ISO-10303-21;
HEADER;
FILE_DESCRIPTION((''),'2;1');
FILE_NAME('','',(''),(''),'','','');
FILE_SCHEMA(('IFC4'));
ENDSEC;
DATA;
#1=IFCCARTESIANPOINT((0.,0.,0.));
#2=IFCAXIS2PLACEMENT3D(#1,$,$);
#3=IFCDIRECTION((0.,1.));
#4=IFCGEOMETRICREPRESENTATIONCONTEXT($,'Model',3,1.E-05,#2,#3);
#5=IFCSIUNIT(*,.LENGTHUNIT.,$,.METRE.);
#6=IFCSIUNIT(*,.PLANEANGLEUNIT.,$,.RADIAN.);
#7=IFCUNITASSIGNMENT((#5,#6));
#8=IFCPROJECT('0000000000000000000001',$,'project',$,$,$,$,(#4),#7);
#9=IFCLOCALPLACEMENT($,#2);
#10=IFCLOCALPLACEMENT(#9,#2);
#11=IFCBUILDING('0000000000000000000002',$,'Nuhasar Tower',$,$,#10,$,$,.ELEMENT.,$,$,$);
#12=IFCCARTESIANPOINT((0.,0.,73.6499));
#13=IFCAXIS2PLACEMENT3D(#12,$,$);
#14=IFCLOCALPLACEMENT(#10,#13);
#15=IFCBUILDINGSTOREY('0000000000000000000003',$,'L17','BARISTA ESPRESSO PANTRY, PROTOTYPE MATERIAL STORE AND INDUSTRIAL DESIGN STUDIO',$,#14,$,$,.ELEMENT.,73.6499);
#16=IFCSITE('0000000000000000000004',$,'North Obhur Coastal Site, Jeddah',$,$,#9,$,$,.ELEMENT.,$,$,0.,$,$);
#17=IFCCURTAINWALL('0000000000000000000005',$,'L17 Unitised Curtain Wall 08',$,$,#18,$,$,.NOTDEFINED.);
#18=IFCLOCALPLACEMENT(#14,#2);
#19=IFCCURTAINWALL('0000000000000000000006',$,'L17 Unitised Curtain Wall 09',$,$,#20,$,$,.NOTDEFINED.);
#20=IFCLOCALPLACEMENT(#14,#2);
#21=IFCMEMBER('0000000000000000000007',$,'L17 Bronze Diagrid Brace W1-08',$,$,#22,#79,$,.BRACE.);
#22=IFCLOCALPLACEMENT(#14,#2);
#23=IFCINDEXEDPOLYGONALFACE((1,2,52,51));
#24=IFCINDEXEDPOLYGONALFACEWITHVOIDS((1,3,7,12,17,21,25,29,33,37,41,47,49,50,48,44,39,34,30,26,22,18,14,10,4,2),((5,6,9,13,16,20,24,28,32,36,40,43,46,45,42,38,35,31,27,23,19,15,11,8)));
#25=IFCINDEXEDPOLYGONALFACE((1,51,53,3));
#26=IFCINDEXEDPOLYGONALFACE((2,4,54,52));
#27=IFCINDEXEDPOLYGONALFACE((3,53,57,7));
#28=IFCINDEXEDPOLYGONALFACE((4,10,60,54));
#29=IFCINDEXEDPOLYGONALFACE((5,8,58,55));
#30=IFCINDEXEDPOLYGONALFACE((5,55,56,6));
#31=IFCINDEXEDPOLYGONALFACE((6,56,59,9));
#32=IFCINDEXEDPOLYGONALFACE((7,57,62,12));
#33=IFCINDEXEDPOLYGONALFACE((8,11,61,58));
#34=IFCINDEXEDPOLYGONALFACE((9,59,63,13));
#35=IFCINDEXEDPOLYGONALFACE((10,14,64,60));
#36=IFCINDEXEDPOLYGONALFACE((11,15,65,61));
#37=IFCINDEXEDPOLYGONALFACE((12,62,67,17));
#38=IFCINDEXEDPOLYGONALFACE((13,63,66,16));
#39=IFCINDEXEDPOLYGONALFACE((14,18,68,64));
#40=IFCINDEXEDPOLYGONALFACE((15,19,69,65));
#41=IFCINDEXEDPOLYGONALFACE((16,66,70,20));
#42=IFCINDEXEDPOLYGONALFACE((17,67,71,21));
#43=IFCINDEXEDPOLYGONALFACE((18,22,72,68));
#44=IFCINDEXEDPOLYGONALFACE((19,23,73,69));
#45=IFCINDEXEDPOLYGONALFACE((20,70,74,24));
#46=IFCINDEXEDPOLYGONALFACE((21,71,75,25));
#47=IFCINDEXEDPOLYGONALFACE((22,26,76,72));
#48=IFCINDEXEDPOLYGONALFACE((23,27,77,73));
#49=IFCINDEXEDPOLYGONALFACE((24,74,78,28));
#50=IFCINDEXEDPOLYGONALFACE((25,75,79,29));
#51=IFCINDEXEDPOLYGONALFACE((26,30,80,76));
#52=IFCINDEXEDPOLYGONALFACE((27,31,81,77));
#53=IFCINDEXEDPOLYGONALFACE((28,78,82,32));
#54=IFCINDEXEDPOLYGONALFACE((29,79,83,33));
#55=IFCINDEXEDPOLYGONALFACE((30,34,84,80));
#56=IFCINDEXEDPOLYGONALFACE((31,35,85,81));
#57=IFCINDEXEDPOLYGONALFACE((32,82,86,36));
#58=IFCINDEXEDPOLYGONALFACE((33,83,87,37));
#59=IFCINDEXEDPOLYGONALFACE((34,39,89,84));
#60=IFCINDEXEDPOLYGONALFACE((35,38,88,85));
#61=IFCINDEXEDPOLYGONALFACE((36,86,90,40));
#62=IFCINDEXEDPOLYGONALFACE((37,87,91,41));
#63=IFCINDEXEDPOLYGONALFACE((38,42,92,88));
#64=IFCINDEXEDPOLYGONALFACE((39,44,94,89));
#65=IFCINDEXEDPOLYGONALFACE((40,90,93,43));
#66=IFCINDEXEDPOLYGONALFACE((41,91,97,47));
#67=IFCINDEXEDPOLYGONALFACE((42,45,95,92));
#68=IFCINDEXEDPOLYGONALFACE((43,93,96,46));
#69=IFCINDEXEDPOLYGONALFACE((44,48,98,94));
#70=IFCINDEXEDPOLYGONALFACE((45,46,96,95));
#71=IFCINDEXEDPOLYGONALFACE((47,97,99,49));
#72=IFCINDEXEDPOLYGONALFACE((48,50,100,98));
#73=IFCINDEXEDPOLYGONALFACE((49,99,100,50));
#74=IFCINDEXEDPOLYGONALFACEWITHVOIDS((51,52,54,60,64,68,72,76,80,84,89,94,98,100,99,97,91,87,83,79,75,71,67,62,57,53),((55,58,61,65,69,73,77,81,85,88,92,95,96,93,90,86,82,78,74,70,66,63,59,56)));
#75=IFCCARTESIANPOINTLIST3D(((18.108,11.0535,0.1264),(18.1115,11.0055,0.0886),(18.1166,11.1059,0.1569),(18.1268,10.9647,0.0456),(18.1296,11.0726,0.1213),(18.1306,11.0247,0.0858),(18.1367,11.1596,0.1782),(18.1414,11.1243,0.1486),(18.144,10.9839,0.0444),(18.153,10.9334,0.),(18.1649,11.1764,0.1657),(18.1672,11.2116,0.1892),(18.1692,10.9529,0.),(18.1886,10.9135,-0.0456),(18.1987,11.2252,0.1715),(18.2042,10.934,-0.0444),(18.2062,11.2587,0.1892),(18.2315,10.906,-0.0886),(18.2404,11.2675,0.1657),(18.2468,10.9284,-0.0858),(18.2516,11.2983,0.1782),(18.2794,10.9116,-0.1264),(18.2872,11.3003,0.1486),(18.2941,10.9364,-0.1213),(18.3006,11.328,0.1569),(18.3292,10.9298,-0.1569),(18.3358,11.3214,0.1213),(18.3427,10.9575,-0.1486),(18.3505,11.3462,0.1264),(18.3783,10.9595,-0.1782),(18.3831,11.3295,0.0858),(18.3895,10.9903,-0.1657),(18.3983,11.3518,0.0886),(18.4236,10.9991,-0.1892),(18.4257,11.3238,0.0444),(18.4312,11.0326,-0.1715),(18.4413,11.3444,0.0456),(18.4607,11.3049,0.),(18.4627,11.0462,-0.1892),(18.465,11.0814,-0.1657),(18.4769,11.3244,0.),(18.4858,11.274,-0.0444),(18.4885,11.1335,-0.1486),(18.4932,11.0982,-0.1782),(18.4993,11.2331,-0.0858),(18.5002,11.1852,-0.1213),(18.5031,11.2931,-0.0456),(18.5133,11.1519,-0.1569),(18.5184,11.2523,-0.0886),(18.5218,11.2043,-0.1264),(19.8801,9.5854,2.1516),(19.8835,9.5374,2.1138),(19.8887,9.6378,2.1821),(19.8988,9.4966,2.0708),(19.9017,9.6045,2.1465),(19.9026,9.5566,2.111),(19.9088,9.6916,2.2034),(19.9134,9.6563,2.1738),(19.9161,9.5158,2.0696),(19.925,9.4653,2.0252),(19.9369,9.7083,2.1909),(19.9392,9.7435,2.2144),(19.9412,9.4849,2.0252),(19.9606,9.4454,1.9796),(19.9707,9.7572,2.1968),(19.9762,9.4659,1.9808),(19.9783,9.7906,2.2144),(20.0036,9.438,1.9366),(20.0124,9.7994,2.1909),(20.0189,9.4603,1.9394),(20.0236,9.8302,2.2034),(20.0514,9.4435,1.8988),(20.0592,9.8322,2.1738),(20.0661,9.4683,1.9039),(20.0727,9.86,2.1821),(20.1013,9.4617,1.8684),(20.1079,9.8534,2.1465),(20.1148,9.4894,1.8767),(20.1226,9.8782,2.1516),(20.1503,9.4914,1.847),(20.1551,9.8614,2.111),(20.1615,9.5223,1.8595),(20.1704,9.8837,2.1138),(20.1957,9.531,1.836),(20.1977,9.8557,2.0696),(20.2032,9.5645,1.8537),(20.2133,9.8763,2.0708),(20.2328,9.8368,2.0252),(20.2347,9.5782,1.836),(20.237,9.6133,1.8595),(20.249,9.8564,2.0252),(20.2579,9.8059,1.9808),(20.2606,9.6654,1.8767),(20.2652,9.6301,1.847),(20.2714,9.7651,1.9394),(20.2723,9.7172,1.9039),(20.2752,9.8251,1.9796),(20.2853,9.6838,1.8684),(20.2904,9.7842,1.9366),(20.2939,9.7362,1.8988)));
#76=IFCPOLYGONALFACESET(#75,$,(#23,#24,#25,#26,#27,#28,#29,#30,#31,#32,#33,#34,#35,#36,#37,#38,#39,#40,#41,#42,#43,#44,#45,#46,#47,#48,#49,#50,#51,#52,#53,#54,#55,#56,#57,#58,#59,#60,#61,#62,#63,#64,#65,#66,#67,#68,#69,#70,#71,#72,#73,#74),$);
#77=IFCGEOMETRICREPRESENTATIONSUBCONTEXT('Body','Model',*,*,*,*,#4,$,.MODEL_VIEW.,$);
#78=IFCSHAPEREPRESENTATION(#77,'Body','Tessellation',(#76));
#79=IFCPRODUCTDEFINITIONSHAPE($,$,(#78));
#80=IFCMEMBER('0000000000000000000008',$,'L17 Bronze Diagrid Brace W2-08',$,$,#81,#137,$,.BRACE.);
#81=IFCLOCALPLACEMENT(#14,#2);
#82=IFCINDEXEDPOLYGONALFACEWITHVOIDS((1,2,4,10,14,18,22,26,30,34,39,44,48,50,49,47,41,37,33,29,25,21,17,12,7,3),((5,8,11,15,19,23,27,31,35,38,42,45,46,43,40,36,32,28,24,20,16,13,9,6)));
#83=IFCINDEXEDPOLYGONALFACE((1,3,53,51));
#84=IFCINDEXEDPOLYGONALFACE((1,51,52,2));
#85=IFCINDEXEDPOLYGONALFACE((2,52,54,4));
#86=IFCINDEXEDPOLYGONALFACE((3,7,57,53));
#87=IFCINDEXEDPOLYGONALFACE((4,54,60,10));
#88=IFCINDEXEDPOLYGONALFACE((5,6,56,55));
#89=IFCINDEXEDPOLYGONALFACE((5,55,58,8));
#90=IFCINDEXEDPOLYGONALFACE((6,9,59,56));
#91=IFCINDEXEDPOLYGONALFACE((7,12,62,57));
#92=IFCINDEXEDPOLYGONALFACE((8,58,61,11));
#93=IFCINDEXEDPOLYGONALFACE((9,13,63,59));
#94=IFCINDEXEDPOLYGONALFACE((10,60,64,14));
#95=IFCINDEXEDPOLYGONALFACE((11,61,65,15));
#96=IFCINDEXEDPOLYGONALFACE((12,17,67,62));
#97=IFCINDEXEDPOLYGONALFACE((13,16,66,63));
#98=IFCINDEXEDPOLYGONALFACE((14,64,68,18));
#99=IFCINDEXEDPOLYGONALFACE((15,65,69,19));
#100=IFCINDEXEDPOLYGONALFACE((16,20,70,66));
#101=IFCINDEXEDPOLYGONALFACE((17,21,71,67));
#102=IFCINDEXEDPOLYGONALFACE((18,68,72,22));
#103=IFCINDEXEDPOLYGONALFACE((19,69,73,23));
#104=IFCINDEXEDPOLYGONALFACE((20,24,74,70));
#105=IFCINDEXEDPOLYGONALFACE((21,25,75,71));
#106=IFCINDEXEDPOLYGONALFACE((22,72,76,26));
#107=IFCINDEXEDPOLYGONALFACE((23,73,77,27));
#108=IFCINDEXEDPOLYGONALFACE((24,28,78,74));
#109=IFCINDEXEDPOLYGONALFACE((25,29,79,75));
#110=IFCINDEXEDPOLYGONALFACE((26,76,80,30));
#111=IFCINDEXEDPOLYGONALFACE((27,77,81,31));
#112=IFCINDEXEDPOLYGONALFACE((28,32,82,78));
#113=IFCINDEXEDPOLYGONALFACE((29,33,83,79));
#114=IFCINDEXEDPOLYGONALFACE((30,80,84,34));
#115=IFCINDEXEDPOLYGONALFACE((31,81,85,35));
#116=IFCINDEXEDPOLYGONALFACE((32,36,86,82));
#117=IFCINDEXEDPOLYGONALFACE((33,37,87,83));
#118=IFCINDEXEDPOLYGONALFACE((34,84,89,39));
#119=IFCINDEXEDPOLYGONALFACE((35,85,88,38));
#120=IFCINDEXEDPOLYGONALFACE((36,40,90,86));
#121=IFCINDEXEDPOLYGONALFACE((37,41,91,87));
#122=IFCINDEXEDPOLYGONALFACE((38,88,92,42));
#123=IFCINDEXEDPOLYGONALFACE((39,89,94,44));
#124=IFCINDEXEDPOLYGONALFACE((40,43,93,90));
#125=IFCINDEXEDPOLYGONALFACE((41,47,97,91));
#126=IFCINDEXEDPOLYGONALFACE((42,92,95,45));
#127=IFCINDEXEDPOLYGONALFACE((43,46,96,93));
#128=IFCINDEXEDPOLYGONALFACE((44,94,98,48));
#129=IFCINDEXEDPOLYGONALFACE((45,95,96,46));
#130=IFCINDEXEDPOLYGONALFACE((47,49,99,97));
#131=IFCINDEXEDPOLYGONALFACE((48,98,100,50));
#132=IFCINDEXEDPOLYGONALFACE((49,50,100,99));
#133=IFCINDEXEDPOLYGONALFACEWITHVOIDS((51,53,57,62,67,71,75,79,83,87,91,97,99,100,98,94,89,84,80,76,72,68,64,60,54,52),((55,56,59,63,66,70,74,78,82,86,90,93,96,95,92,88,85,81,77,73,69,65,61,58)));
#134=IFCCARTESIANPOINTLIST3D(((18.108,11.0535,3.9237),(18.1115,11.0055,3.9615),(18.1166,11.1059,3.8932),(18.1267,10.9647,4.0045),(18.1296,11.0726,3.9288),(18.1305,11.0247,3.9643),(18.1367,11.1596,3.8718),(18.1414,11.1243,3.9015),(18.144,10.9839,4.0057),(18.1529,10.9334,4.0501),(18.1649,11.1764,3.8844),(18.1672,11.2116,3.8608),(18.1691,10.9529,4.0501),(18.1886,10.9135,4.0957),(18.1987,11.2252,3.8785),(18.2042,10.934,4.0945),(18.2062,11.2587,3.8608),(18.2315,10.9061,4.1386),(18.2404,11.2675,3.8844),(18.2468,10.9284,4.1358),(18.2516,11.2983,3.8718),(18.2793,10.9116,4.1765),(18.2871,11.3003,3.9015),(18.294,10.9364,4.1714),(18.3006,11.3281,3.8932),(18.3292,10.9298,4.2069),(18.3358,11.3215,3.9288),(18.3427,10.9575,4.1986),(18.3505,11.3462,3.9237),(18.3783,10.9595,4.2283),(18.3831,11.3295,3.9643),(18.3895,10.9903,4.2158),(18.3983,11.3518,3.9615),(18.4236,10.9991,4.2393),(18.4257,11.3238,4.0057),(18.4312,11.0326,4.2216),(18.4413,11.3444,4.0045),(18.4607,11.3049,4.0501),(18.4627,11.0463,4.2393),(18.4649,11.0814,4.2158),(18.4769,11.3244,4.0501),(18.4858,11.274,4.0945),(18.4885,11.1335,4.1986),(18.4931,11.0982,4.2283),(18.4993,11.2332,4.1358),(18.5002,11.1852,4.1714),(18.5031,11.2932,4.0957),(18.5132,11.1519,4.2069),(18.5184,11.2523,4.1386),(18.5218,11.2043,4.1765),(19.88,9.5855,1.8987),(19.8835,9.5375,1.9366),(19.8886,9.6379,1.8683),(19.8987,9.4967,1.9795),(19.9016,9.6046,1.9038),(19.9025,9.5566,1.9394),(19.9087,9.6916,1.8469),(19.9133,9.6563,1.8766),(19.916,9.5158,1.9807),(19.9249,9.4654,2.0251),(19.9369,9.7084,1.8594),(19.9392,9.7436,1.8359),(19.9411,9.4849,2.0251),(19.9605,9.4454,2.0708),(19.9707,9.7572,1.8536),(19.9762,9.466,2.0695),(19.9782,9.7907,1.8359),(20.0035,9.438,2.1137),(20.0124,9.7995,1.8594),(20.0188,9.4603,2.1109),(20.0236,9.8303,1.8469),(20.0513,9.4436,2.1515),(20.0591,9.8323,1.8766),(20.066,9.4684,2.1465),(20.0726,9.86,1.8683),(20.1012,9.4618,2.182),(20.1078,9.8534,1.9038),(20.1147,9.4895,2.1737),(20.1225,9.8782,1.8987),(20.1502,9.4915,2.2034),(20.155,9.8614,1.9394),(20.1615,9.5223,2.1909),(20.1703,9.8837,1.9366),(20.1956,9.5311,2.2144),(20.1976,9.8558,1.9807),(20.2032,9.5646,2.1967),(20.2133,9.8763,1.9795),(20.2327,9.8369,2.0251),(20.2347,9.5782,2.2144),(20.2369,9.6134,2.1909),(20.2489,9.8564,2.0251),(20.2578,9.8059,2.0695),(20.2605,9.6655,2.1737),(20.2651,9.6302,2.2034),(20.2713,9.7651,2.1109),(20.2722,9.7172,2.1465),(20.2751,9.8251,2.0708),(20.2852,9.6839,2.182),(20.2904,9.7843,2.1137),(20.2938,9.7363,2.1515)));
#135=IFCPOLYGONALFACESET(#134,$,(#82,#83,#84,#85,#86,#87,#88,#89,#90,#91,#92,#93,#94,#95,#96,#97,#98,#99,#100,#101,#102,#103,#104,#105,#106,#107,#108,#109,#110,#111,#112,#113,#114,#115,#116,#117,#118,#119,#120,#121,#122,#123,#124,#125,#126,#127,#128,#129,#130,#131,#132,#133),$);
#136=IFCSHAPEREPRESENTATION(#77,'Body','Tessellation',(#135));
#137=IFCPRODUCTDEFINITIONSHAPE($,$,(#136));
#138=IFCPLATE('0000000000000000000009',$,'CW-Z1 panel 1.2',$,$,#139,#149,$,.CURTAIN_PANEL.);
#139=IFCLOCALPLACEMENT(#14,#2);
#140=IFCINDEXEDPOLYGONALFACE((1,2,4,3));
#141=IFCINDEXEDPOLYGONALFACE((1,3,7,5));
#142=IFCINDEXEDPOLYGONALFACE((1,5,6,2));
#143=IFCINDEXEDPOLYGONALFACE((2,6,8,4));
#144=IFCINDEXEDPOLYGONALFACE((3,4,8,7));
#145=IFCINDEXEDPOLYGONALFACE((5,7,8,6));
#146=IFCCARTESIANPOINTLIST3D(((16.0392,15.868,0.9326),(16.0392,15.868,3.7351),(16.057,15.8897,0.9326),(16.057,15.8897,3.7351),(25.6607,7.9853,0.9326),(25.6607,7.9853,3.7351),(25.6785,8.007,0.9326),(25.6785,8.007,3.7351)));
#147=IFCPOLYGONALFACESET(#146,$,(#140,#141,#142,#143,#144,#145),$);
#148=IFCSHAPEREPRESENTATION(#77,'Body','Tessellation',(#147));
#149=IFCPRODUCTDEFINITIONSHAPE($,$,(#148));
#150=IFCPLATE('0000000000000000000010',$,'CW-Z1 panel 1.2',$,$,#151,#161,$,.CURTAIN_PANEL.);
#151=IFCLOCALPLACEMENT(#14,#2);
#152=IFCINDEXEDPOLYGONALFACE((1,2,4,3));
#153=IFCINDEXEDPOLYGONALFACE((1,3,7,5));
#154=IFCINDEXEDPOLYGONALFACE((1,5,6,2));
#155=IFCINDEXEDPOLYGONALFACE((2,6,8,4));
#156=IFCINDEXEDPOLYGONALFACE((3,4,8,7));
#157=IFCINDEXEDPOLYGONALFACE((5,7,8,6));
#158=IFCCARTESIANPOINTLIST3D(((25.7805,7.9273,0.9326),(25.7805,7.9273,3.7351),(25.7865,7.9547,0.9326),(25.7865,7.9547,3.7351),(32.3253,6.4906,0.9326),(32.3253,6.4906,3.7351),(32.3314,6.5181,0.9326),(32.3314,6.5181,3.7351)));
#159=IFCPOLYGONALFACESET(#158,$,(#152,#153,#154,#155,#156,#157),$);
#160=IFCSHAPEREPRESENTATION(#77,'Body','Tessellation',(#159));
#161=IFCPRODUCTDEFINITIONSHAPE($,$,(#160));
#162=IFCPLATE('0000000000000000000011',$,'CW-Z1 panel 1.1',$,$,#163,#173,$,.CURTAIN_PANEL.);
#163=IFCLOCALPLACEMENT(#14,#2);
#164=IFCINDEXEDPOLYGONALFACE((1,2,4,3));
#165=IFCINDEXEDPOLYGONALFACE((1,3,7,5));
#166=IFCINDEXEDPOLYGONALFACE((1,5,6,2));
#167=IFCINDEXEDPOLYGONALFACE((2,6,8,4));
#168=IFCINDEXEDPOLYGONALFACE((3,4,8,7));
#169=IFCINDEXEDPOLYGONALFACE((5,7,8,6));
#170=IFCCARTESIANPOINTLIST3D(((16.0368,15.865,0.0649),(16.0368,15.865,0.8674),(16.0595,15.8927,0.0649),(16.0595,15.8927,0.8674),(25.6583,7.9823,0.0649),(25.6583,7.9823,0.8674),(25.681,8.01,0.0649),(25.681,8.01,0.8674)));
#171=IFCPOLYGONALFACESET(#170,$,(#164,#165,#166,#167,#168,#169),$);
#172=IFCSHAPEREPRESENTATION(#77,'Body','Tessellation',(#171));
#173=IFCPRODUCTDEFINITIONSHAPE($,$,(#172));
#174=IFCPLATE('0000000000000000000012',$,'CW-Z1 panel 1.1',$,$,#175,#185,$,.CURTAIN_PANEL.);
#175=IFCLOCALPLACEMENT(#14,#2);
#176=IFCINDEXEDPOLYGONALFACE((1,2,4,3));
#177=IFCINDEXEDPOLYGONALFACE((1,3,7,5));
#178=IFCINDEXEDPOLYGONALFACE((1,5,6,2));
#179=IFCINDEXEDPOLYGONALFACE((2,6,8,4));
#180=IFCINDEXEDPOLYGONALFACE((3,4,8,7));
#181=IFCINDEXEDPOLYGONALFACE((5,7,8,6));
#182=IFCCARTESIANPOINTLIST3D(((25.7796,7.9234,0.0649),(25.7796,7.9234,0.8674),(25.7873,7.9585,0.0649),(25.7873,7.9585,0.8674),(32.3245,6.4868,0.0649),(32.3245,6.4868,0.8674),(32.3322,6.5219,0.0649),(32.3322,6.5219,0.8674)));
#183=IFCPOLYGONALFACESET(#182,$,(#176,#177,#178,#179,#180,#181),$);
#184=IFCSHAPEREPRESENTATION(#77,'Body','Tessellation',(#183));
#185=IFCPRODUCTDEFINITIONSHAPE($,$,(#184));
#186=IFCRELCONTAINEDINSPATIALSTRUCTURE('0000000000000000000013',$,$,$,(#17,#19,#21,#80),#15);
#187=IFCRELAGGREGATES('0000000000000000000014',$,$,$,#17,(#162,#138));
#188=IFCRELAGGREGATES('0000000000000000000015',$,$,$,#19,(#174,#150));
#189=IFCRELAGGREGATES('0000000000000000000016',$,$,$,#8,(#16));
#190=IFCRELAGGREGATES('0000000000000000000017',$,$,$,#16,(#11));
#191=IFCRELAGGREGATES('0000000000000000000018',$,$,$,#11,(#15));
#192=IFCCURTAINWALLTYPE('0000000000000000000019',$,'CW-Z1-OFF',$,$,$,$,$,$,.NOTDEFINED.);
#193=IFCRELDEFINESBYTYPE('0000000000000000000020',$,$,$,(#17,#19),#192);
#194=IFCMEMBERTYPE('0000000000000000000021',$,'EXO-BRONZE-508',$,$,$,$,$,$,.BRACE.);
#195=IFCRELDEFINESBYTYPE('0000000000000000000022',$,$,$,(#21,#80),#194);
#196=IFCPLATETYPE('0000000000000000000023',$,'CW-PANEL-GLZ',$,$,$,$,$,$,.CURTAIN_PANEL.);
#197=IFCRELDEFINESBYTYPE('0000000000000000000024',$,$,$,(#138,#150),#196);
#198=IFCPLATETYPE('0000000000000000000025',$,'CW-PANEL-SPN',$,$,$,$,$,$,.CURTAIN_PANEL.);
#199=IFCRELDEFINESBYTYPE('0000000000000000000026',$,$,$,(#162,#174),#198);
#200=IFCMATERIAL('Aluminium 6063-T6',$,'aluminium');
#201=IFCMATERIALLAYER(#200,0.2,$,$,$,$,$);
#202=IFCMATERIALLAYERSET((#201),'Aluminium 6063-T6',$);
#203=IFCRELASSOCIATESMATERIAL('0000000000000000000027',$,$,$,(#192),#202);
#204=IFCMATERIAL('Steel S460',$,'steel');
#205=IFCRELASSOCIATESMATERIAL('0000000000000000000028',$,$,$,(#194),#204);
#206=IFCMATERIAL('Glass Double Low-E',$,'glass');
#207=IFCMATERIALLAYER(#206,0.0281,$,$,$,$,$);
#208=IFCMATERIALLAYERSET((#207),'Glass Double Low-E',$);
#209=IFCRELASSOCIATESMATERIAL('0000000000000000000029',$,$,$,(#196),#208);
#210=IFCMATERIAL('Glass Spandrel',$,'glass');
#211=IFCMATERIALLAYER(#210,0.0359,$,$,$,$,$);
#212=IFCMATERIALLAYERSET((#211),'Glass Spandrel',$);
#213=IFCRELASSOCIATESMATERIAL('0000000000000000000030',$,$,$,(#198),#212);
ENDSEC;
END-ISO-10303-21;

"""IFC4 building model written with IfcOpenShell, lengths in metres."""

from ifc_helpers import new_model, si_unit, direction, frame, origin, origin_2d, place, context, subcontext, project, spatial, rectangle, hollow_circle, extrude, material, layer, layer_set, material_profile, profile_set, type_object, element, aggregate, save


model = new_model("IFC4")

# Units and contexts
model_context = context("Model", 3, precision=1e-05, world=origin(), true_north=direction((0.0, 1.0)))
body_context = subcontext(model_context, "Body", "Model", "MODEL_VIEW")
ifc_project = project(units=[si_unit("LENGTHUNIT", "METRE"), si_unit("PLANEANGLEUNIT", "RADIAN")], contexts=[model_context])

# Site, building, storey
site_placement = place(None, origin())
site = spatial("IfcSite", under=ifc_project, at=site_placement, Name="North Obhur Coastal Site, Jeddah", CompositionType="ELEMENT", RefElevation=0.0)
building_placement = place(site_placement, origin())
building = spatial("IfcBuilding", under=site, at=building_placement, Name="Nuhasar Tower", CompositionType="ELEMENT")
storey_placement = place(building_placement, frame((0.0, 0.0, 73.6499)))
storey = spatial("IfcBuildingStorey", under=building, at=storey_placement, Name="L17", Description="BARISTA ESPRESSO PANTRY, PROTOTYPE MATERIAL STORE AND INDUSTRIAL DESIGN STUDIO", CompositionType="ELEMENT", Elevation=73.6499)

# Curtain wall
ifc_material_1 = material(Name="Aluminium 6063-T6", Category="aluminium")
ifc_layer_1 = layer(ifc_material_1, 0.2)
ifc_layer_set_1 = layer_set([ifc_layer_1], Name="Aluminium 6063-T6")
curtain_wall_type = type_object("IfcCurtainWallType", Name="CW-Z1-OFF", PredefinedType="NOTDEFINED", material=ifc_layer_set_1)
curtain_wall_1_placement = place(storey_placement, origin())
curtain_wall_1 = element("IfcCurtainWall", 1, at=curtain_wall_1_placement, inside=storey, type_object=curtain_wall_type, Name="L17 Unitised Curtain Wall 08", PredefinedType="NOTDEFINED")

# Curtain wall
curtain_wall_2_placement = place(storey_placement, origin())
curtain_wall_2 = element("IfcCurtainWall", 2, at=curtain_wall_2_placement, inside=storey, type_object=curtain_wall_type, Name="L17 Unitised Curtain Wall 09", PredefinedType="NOTDEFINED")

# Members
ifc_material_2 = material(Name="Steel S460", Category="steel")
ifc_material_profile_1 = material_profile(ifc_material_2, hollow_circle(Radius=0.2539, WallThickness=0.0254, at=origin_2d()), Name="HSS508X25.4")
ifc_profile_set_1 = profile_set([ifc_material_profile_1], Name="Steel S460")
member_type_1 = type_object("IfcMemberType", Name="EXO-BRONZE-508", PredefinedType="BRACE", material=ifc_profile_set_1)
member_1_placement = place(storey_placement, frame((18.3149, 11.1289, 0.0), z_axis=(0.578071, -0.478912, 0.660664), x_axis=(0.637969, 0.770062, 0.0)))
element("IfcMember", 3, at=member_1_placement, inside=storey, type_object=member_type_1, Name="L17 Bronze Diagrid Brace W1-08", PredefinedType="BRACE", context=body_context, shape_type="SweptSolid", body=[
    extrude(hollow_circle(Radius=0.2539, WallThickness=0.0254, at=origin_2d()), origin(), (0.0, 0.0, 1.0), 3.0654),
])
member_2_placement = place(storey_placement, frame((20.0869, 9.6609, 2.0251), z_axis=(-0.578102, 0.478937, 0.660619), x_axis=(-0.637969, -0.770062, 0.0)))
element("IfcMember", 4, at=member_2_placement, inside=storey, type_object=member_type_1, Name="L17 Bronze Diagrid Brace W2-08", PredefinedType="BRACE", context=body_context, shape_type="SweptSolid", body=[
    extrude(hollow_circle(Radius=0.2539, WallThickness=0.0254, at=origin_2d()), origin(), (0.0, 0.0, 1.0), 3.0652),
])

# Plates
ifc_material_3 = material(Name="Glass Double Low-E", Category="glass")
ifc_layer_2 = layer(ifc_material_3, 0.0281)
ifc_layer_set_2 = layer_set([ifc_layer_2], Name="Glass Double Low-E")
plate_type_1 = type_object("IfcPlateType", Name="CW-PANEL-GLZ", PredefinedType="CURTAIN_PANEL", material=ifc_layer_set_2)
plate_1_placement = place(storey_placement, frame((20.8589, 11.9375, 0.9326), z_axis=(0.0, 0.0, 1.0), x_axis=(0.773542, -0.633745, 0.0)))
plate_1 = element("IfcPlate", 5, at=plate_1_placement, type_object=plate_type_1, Name="CW-Z1 panel 1.2", PredefinedType="CURTAIN_PANEL", context=body_context, shape_type="SweptSolid", body=[
    extrude(rectangle(XDim=12.4382, YDim=0.0281, at=origin_2d()), origin(), (0.0, 0.0, 1.0), 2.8025),
])
plate_2_placement = place(storey_placement, frame((29.0559, 7.2227, 0.9326), z_axis=(0.0, 0.0, 1.0), x_axis=(0.976746, -0.214399, 0.0)))
plate_2 = element("IfcPlate", 6, at=plate_2_placement, type_object=plate_type_1, Name="CW-Z1 panel 1.2", PredefinedType="CURTAIN_PANEL", context=body_context, shape_type="SweptSolid", body=[
    extrude(rectangle(XDim=6.7007, YDim=0.0281, at=origin_2d()), origin(), (0.0, 0.0, 1.0), 2.8025),
])
ifc_material_4 = material(Name="Glass Spandrel", Category="glass")
ifc_layer_3 = layer(ifc_material_4, 0.0359)
ifc_layer_set_3 = layer_set([ifc_layer_3], Name="Glass Spandrel")
plate_type_2 = type_object("IfcPlateType", Name="CW-PANEL-SPN", PredefinedType="CURTAIN_PANEL", material=ifc_layer_set_3)
plate_3_placement = place(storey_placement, frame((20.8589, 11.9375, 0.0649), z_axis=(0.0, 0.0, 1.0), x_axis=(0.773542, -0.633745, 0.0)))
plate_3 = element("IfcPlate", 7, at=plate_3_placement, type_object=plate_type_2, Name="CW-Z1 panel 1.1", PredefinedType="CURTAIN_PANEL", context=body_context, shape_type="SweptSolid", body=[
    extrude(rectangle(XDim=12.4382, YDim=0.0359, at=origin_2d()), origin(), (0.0, 0.0, 1.0), 0.8025),
])
aggregate(curtain_wall_1, [plate_3, plate_1])
plate_4_placement = place(storey_placement, frame((29.0559, 7.2227, 0.0649), z_axis=(0.0, 0.0, 1.0), x_axis=(0.976746, -0.214399, 0.0)))
plate_4 = element("IfcPlate", 8, at=plate_4_placement, type_object=plate_type_2, Name="CW-Z1 panel 1.1", PredefinedType="CURTAIN_PANEL", context=body_context, shape_type="SweptSolid", body=[
    extrude(rectangle(XDim=6.7007, YDim=0.0359, at=origin_2d()), origin(), (0.0, 0.0, 1.0), 0.8025),
])
aggregate(curtain_wall_2, [plate_4, plate_2])

save(model, "model.ifc")
